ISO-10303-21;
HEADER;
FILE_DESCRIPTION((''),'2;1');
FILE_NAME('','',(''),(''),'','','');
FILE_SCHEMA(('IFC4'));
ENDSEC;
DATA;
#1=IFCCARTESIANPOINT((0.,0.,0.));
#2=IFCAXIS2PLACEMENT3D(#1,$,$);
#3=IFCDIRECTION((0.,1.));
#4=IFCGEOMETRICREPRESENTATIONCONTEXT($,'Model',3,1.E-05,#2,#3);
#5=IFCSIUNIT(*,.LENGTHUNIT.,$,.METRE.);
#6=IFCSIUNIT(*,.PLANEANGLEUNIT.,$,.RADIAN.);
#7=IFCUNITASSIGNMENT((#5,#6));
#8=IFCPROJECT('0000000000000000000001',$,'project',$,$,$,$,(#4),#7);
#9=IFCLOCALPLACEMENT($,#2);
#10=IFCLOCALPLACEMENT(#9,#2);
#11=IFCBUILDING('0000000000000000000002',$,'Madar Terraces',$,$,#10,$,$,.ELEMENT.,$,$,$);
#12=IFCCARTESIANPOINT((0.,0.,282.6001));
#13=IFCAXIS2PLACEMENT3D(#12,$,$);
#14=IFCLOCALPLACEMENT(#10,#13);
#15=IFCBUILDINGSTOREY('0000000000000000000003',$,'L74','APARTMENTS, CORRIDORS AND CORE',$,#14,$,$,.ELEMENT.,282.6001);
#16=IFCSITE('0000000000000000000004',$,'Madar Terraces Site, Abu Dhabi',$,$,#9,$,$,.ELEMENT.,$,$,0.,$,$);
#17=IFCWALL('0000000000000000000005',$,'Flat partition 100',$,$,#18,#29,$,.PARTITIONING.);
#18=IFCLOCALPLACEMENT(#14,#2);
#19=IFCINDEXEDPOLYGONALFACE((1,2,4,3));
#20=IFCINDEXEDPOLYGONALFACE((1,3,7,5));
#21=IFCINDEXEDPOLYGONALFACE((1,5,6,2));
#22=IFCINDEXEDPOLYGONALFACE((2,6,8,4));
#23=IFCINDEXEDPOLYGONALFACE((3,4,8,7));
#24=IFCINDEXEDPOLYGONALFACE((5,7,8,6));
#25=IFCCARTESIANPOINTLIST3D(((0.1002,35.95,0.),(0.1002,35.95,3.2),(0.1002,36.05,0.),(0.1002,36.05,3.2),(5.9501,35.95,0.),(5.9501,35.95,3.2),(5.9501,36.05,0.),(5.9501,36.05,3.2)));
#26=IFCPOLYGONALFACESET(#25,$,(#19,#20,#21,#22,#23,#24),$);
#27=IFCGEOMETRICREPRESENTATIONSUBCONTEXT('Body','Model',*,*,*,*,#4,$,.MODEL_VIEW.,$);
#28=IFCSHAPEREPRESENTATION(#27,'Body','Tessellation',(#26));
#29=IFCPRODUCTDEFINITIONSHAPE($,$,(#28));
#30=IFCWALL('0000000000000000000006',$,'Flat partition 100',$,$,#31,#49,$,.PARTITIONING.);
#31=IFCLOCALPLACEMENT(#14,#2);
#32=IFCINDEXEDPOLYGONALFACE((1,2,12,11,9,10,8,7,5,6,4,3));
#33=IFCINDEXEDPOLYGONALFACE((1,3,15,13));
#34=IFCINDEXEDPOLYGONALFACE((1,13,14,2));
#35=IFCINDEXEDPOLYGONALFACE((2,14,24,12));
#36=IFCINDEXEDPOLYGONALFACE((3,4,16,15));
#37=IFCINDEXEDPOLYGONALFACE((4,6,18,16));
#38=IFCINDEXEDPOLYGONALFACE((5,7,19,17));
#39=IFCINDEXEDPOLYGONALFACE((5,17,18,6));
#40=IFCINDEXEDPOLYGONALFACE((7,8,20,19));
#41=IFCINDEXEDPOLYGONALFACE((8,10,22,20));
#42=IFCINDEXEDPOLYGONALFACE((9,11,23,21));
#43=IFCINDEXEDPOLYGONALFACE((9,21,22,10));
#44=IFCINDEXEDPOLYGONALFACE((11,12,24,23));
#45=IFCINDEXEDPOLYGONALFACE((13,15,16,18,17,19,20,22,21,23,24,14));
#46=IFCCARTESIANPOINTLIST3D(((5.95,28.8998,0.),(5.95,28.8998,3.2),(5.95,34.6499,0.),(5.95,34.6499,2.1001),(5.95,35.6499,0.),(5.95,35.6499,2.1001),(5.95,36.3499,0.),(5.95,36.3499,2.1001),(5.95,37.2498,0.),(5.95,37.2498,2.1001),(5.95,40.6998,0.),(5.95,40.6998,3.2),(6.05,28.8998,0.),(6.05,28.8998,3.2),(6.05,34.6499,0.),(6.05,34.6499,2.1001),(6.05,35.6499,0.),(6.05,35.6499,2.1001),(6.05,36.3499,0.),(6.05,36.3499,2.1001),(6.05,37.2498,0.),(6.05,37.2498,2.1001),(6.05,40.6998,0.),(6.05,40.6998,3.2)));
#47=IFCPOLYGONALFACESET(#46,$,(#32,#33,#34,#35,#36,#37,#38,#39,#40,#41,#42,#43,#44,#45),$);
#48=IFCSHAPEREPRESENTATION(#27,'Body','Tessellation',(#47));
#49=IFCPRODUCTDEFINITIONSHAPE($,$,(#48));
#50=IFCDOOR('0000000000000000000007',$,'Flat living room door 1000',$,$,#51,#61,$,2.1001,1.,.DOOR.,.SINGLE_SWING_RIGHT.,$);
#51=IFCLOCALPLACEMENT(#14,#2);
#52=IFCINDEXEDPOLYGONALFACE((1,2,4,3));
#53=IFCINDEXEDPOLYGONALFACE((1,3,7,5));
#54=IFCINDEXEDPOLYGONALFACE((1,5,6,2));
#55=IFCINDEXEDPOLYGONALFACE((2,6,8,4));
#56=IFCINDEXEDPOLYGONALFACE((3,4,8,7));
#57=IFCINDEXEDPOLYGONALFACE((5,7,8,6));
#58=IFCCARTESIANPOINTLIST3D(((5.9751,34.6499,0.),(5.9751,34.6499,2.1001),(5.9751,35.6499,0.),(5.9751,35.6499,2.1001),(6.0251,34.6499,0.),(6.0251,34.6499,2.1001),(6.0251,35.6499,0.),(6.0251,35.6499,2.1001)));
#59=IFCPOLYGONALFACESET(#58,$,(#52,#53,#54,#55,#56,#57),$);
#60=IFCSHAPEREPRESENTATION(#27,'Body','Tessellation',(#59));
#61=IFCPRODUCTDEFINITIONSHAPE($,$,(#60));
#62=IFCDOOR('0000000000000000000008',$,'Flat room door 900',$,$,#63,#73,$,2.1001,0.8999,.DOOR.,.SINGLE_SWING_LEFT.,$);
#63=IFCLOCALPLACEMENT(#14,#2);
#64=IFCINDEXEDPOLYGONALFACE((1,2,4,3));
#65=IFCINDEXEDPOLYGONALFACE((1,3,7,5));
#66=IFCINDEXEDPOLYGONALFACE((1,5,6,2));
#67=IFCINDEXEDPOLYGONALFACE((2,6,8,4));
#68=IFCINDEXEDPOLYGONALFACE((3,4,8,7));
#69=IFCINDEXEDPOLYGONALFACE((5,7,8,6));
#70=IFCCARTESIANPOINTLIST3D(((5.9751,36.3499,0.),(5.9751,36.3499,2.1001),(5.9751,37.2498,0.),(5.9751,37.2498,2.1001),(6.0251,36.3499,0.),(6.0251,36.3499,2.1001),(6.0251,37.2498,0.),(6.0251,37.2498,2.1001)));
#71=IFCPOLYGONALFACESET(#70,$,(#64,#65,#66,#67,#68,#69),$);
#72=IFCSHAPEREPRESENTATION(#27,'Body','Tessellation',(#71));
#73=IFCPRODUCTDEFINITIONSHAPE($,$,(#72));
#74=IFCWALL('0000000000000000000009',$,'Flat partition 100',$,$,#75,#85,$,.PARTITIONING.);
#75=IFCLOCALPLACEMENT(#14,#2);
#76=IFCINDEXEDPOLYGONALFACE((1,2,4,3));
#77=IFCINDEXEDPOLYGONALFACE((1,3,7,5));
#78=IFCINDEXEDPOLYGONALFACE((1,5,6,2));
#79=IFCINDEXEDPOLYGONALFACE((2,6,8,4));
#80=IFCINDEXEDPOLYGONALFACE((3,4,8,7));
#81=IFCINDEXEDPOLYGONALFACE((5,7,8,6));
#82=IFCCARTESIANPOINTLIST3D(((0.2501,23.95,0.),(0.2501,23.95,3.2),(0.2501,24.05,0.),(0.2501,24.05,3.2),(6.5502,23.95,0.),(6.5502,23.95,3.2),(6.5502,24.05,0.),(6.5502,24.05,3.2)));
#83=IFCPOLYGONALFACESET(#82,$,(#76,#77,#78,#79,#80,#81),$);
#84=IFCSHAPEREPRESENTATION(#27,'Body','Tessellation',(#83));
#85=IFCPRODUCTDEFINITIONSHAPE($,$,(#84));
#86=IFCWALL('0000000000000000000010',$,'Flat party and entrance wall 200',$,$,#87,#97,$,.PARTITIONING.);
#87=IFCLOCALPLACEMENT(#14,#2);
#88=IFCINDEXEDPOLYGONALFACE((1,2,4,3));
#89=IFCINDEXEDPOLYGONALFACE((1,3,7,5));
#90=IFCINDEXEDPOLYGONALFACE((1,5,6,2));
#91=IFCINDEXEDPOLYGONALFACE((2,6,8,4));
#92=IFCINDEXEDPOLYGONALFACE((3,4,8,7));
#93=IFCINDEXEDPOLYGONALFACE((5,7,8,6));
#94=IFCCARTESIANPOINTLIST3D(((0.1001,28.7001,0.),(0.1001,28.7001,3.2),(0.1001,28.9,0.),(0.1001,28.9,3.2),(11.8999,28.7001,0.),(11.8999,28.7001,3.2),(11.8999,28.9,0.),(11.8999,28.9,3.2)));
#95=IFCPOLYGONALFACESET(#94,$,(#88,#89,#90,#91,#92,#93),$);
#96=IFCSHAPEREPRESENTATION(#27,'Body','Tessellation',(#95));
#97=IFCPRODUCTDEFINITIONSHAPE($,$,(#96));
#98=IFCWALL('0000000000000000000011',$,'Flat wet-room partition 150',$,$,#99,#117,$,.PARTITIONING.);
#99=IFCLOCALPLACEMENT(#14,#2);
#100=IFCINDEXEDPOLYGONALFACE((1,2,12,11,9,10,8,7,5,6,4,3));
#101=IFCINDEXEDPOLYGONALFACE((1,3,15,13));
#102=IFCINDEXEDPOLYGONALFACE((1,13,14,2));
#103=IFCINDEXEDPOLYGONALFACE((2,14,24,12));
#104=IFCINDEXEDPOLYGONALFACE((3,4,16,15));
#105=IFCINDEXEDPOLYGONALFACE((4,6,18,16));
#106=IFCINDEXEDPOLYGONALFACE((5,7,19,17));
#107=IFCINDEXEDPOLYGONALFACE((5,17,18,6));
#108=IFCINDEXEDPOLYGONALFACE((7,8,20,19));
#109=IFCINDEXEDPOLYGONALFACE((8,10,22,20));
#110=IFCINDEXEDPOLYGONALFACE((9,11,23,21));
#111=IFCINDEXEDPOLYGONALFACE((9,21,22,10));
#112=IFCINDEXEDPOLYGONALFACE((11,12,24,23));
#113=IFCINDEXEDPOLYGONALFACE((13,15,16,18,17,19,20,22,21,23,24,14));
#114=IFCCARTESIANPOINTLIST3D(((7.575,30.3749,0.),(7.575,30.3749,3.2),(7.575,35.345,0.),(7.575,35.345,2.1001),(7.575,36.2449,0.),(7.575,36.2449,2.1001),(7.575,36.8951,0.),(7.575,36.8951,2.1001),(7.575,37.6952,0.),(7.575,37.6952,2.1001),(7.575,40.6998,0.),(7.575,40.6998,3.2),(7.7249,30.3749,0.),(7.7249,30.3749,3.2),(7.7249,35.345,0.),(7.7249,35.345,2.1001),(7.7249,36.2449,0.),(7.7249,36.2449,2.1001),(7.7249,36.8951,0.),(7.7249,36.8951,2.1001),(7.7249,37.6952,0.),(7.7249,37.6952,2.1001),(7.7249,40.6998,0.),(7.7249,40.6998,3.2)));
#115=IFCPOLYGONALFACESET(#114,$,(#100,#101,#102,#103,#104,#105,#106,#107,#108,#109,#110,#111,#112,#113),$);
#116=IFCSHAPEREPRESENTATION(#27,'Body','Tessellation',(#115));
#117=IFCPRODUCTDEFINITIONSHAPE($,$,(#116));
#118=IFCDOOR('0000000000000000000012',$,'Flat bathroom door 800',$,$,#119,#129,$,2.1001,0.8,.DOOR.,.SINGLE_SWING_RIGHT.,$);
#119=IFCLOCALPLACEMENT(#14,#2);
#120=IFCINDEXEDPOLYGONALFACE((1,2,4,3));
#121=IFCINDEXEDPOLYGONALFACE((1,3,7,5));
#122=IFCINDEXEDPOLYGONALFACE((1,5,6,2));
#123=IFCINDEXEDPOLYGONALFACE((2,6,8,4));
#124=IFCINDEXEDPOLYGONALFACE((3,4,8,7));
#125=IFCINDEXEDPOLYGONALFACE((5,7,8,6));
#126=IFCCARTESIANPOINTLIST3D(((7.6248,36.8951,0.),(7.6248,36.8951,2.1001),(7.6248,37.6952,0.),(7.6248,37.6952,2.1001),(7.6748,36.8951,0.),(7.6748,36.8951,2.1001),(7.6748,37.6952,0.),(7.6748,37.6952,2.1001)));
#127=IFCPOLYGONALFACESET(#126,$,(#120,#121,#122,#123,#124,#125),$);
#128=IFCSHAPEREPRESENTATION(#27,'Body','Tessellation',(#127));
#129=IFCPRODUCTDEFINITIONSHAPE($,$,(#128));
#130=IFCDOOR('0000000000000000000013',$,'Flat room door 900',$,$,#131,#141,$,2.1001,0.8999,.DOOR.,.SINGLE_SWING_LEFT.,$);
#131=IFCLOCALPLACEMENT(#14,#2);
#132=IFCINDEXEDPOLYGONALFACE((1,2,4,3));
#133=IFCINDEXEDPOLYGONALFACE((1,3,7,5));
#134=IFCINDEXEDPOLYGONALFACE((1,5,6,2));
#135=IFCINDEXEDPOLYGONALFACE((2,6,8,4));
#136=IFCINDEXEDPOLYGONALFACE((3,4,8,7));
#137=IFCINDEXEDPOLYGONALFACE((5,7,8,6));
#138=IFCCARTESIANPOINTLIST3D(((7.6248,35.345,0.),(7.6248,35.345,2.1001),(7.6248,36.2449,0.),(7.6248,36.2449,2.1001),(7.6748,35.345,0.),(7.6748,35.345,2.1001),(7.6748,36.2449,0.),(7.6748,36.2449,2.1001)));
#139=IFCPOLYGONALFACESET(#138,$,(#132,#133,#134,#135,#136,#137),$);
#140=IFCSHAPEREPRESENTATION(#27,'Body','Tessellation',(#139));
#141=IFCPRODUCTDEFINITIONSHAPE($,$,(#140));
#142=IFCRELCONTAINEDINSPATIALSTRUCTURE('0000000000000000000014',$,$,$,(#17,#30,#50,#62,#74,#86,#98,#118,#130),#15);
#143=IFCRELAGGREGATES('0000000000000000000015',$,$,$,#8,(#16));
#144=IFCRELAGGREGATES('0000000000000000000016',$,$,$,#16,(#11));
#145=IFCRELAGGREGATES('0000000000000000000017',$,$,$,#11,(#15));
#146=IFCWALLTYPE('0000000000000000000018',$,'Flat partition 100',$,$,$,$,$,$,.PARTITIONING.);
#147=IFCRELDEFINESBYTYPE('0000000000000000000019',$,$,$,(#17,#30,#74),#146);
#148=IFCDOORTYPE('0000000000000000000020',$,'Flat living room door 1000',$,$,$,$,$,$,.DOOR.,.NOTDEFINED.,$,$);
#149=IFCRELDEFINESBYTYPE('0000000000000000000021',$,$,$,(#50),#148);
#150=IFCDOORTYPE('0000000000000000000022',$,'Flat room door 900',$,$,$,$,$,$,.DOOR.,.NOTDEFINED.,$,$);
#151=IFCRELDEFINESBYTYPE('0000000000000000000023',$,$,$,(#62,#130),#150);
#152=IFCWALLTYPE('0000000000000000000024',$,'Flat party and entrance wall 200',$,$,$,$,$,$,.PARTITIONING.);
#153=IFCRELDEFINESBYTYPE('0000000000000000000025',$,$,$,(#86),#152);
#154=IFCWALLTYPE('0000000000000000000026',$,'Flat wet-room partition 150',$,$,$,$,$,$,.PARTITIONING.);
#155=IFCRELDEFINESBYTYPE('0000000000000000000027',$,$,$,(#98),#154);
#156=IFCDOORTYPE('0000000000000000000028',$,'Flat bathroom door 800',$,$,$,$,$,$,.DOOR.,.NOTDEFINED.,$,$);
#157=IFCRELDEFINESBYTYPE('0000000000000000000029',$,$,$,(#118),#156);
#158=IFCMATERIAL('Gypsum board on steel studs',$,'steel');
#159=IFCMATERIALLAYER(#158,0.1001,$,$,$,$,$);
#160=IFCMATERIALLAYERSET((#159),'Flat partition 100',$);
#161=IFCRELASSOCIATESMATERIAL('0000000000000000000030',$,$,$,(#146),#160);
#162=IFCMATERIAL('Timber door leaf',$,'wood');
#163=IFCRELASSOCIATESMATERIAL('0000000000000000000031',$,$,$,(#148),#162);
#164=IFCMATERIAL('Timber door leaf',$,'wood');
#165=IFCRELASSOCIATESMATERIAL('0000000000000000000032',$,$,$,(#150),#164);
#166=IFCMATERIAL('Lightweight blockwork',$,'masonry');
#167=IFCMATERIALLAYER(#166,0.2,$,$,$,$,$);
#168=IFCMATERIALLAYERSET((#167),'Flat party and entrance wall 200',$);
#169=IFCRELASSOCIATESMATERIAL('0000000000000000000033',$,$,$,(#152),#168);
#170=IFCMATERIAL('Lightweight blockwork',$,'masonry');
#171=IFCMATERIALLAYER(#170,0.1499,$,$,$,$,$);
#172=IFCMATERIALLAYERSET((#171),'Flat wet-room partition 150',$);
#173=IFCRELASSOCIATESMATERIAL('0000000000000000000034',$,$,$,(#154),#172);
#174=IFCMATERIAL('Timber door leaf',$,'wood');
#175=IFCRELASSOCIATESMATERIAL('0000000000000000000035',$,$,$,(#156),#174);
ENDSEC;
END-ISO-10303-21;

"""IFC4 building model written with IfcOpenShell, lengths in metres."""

from ifc_helpers import new_model, si_unit, direction, frame, frame_2d, origin, place, context, subcontext, project, spatial, rectangle, extrude, material, layer, layer_set, type_object, element, fill, save


model = new_model("IFC4")

# Units and contexts
model_context = context("Model", 3, precision=1e-05, world=origin(), true_north=direction((0.0, 1.0)))
body_context = subcontext(model_context, "Body", "Model", "MODEL_VIEW")
ifc_project = project(units=[si_unit("LENGTHUNIT", "METRE"), si_unit("PLANEANGLEUNIT", "RADIAN")], contexts=[model_context])

# Site, building, storey
site_placement = place(None, origin())
site = spatial("IfcSite", under=ifc_project, at=site_placement, Name="Madar Terraces Site, Abu Dhabi", CompositionType="ELEMENT", RefElevation=0.0)
building_placement = place(site_placement, origin())
building = spatial("IfcBuilding", under=site, at=building_placement, Name="Madar Terraces", CompositionType="ELEMENT")
storey_placement = place(building_placement, frame((0.0, 0.0, 282.6001)))
storey = spatial("IfcBuildingStorey", under=building, at=storey_placement, Name="L74", Description="APARTMENTS, CORRIDORS AND CORE", CompositionType="ELEMENT", Elevation=282.6001)

# Wall
ifc_material_1 = material(Name="Gypsum board on steel studs", Category="steel")
ifc_layer_1 = layer(ifc_material_1, 0.1001)
ifc_layer_set_1 = layer_set([ifc_layer_1], Name="Flat partition 100")
wall_type_1 = type_object("IfcWallType", Name="Flat partition 100", PredefinedType="PARTITIONING", material=ifc_layer_set_1)
wall_1_placement = place(storey_placement, frame((5.95, 36.0, 0.0), z_axis=(0.0, 0.0, 1.0), x_axis=(-1.0, 0.0, 0.0)))
element("IfcWall", 1, at=wall_1_placement, inside=storey, type_object=wall_type_1, Name="Flat partition 100", PredefinedType="PARTITIONING", context=body_context, shape_type="SweptSolid", body=[
    extrude(rectangle(XDim=5.8499, YDim=0.1001, at=frame_2d((2.9248, 0.0))), origin(), (0.0, 0.0, 1.0), 3.2),
])

# Wall, openings, doors
wall_2_placement = place(storey_placement, frame((6.0, 28.8999, 0.0), z_axis=(0.0, 0.0, 1.0), x_axis=(0.0, 1.0, 0.0)))
wall_2 = element("IfcWall", 2, at=wall_2_placement, inside=storey, type_object=wall_type_1, Name="Flat partition 100", PredefinedType="PARTITIONING", context=body_context, shape_type="SweptSolid", body=[
    extrude(rectangle(XDim=11.8, YDim=0.1001, at=frame_2d((5.8999, 0.0))), origin(), (0.0, 0.0, 1.0), 3.2),
])
opening_1_placement = place(wall_2_placement, frame((5.75, 0.0, 0.0)))
opening_1 = element("IfcOpeningElement", 3, at=opening_1_placement, cuts=wall_2, PredefinedType="OPENING", context=body_context, shape_type="SweptSolid", body=[
    extrude(rectangle(XDim=1.0, YDim=2.1001, at=frame_2d((0.5, 1.05))), frame((0.0, 0.0601, 0.0), z_axis=(0.0, -1.0, 0.0), x_axis=(1.0, 0.0, 0.0)), (0.0, 0.0, 1.0), 0.1201),
])
opening_2_placement = place(wall_2_placement, frame((7.45, 0.0, 0.0)))
opening_2 = element("IfcOpeningElement", 4, at=opening_2_placement, cuts=wall_2, PredefinedType="OPENING", context=body_context, shape_type="SweptSolid", body=[
    extrude(rectangle(XDim=0.8999, YDim=2.1001, at=frame_2d((0.45, 1.05))), frame((0.0, 0.0601, 0.0), z_axis=(0.0, -1.0, 0.0), x_axis=(1.0, 0.0, 0.0)), (0.0, 0.0, 1.0), 0.1201),
])
ifc_material_2 = material(Name="Timber door leaf", Category="wood")
door_type_1 = type_object("IfcDoorType", Name="Flat living room door 1000", OperationType="NOTDEFINED", PredefinedType="DOOR", material=ifc_material_2)
door_1_placement = place(opening_1_placement, origin())
door_1 = element("IfcDoor", 5, at=door_1_placement, inside=storey, type_object=door_type_1, Name="Flat living room door 1000", OperationType="SINGLE_SWING_RIGHT", OverallHeight=2.1001, OverallWidth=1.0, PredefinedType="DOOR", context=body_context, shape_type="SweptSolid", body=[
    extrude(rectangle(XDim=1.0, YDim=2.1001, at=frame_2d((0.5, 1.05))), frame((0.0, 0.0249, 0.0), z_axis=(0.0, -1.0, 0.0), x_axis=(1.0, 0.0, 0.0)), (0.0, 0.0, 1.0), 0.05),
])
fill(opening_1, door_1)
ifc_material_3 = material(Name="Timber door leaf", Category="wood")
door_type_2 = type_object("IfcDoorType", Name="Flat room door 900", OperationType="NOTDEFINED", PredefinedType="DOOR", material=ifc_material_3)
door_2_placement = place(opening_2_placement, origin())
door_2 = element("IfcDoor", 6, at=door_2_placement, inside=storey, type_object=door_type_2, Name="Flat room door 900", OperationType="SINGLE_SWING_LEFT", OverallHeight=2.1001, OverallWidth=0.8999, PredefinedType="DOOR", context=body_context, shape_type="SweptSolid", body=[
    extrude(rectangle(XDim=0.8999, YDim=2.1001, at=frame_2d((0.45, 1.05))), frame((0.0, 0.0249, 0.0), z_axis=(0.0, -1.0, 0.0), x_axis=(1.0, 0.0, 0.0)), (0.0, 0.0, 1.0), 0.05),
])
fill(opening_2, door_2)

# Walls
wall_3_placement = place(storey_placement, frame((6.55, 24.0, 0.0), z_axis=(0.0, 0.0, 1.0), x_axis=(-1.0, 0.0, 0.0)))
element("IfcWall", 7, at=wall_3_placement, inside=storey, type_object=wall_type_1, Name="Flat partition 100", PredefinedType="PARTITIONING", context=body_context, shape_type="SweptSolid", body=[
    extrude(rectangle(XDim=6.3, YDim=0.1001, at=frame_2d((3.1499, 0.0))), origin(), (0.0, 0.0, 1.0), 3.2),
])
ifc_material_4 = material(Name="Lightweight blockwork", Category="masonry")
ifc_layer_2 = layer(ifc_material_4, 0.2)
ifc_layer_set_2 = layer_set([ifc_layer_2], Name="Flat party and entrance wall 200")
wall_type_2 = type_object("IfcWallType", Name="Flat party and entrance wall 200", PredefinedType="PARTITIONING", material=ifc_layer_set_2)
wall_4_placement = place(storey_placement, frame((0.1001, 28.8, 0.0), z_axis=(0.0, 0.0, 1.0), x_axis=(1.0, 0.0, 0.0)))
element("IfcWall", 8, at=wall_4_placement, inside=storey, type_object=wall_type_2, Name="Flat party and entrance wall 200", PredefinedType="PARTITIONING", context=body_context, shape_type="SweptSolid", body=[
    extrude(rectangle(XDim=11.7998, YDim=0.2, at=frame_2d((5.8999, 0.0))), origin(), (0.0, 0.0, 1.0), 3.2),
])

# Wall, openings, doors
ifc_material_5 = material(Name="Lightweight blockwork", Category="masonry")
ifc_layer_3 = layer(ifc_material_5, 0.1499)
ifc_layer_set_3 = layer_set([ifc_layer_3], Name="Flat wet-room partition 150")
wall_type_3 = type_object("IfcWallType", Name="Flat wet-room partition 150", PredefinedType="PARTITIONING", material=ifc_layer_set_3)
wall_5_placement = place(storey_placement, frame((7.6499, 40.7, 0.0), z_axis=(0.0, 0.0, 1.0), x_axis=(0.0, -1.0, 0.0)))
wall_5 = element("IfcWall", 9, at=wall_5_placement, inside=storey, type_object=wall_type_3, Name="Flat wet-room partition 150", PredefinedType="PARTITIONING", context=body_context, shape_type="SweptSolid", body=[
    extrude(rectangle(XDim=10.325, YDim=0.1499, at=frame_2d((5.1626, 0.0))), origin(), (0.0, 0.0, 1.0), 3.2),
])
opening_3_placement = place(wall_5_placement, frame((4.4551, 0.0, 0.0)))
opening_3 = element("IfcOpeningElement", 10, at=opening_3_placement, cuts=wall_5, PredefinedType="OPENING", context=body_context, shape_type="SweptSolid", body=[
    extrude(rectangle(XDim=0.8999, YDim=2.1001, at=frame_2d((0.45, 1.05))), frame((0.0, 0.085, 0.0), z_axis=(0.0, -1.0, 0.0), x_axis=(1.0, 0.0, 0.0)), (0.0, 0.0, 1.0), 0.1699),
])
opening_4_placement = place(wall_5_placement, frame((3.0049, 0.0, 0.0)))
opening_4 = element("IfcOpeningElement", 11, at=opening_4_placement, cuts=wall_5, PredefinedType="OPENING", context=body_context, shape_type="SweptSolid", body=[
    extrude(rectangle(XDim=0.8, YDim=2.1001, at=frame_2d((0.3999, 1.05))), frame((0.0, 0.085, 0.0), z_axis=(0.0, -1.0, 0.0), x_axis=(1.0, 0.0, 0.0)), (0.0, 0.0, 1.0), 0.1699),
])
ifc_material_6 = material(Name="Timber door leaf", Category="wood")
door_type_3 = type_object("IfcDoorType", Name="Flat bathroom door 800", OperationType="NOTDEFINED", PredefinedType="DOOR", material=ifc_material_6)
door_3_placement = place(opening_4_placement, origin())
door_3 = element("IfcDoor", 12, at=door_3_placement, inside=storey, type_object=door_type_3, Name="Flat bathroom door 800", OperationType="SINGLE_SWING_RIGHT", OverallHeight=2.1001, OverallWidth=0.8, PredefinedType="DOOR", context=body_context, shape_type="SweptSolid", body=[
    extrude(rectangle(XDim=0.8, YDim=2.1001, at=frame_2d((0.3999, 1.05))), frame((0.0, 0.0249, 0.0), z_axis=(0.0, -1.0, 0.0), x_axis=(1.0, 0.0, 0.0)), (0.0, 0.0, 1.0), 0.05),
])
fill(opening_4, door_3)
door_4_placement = place(opening_3_placement, origin())
door_4 = element("IfcDoor", 13, at=door_4_placement, inside=storey, type_object=door_type_2, Name="Flat room door 900", OperationType="SINGLE_SWING_LEFT", OverallHeight=2.1001, OverallWidth=0.8999, PredefinedType="DOOR", context=body_context, shape_type="SweptSolid", body=[
    extrude(rectangle(XDim=0.8999, YDim=2.1001, at=frame_2d((0.45, 1.05))), frame((0.0, 0.0249, 0.0), z_axis=(0.0, -1.0, 0.0), x_axis=(1.0, 0.0, 0.0)), (0.0, 0.0, 1.0), 0.05),
])
fill(opening_3, door_4)

save(model, "model.ifc")
